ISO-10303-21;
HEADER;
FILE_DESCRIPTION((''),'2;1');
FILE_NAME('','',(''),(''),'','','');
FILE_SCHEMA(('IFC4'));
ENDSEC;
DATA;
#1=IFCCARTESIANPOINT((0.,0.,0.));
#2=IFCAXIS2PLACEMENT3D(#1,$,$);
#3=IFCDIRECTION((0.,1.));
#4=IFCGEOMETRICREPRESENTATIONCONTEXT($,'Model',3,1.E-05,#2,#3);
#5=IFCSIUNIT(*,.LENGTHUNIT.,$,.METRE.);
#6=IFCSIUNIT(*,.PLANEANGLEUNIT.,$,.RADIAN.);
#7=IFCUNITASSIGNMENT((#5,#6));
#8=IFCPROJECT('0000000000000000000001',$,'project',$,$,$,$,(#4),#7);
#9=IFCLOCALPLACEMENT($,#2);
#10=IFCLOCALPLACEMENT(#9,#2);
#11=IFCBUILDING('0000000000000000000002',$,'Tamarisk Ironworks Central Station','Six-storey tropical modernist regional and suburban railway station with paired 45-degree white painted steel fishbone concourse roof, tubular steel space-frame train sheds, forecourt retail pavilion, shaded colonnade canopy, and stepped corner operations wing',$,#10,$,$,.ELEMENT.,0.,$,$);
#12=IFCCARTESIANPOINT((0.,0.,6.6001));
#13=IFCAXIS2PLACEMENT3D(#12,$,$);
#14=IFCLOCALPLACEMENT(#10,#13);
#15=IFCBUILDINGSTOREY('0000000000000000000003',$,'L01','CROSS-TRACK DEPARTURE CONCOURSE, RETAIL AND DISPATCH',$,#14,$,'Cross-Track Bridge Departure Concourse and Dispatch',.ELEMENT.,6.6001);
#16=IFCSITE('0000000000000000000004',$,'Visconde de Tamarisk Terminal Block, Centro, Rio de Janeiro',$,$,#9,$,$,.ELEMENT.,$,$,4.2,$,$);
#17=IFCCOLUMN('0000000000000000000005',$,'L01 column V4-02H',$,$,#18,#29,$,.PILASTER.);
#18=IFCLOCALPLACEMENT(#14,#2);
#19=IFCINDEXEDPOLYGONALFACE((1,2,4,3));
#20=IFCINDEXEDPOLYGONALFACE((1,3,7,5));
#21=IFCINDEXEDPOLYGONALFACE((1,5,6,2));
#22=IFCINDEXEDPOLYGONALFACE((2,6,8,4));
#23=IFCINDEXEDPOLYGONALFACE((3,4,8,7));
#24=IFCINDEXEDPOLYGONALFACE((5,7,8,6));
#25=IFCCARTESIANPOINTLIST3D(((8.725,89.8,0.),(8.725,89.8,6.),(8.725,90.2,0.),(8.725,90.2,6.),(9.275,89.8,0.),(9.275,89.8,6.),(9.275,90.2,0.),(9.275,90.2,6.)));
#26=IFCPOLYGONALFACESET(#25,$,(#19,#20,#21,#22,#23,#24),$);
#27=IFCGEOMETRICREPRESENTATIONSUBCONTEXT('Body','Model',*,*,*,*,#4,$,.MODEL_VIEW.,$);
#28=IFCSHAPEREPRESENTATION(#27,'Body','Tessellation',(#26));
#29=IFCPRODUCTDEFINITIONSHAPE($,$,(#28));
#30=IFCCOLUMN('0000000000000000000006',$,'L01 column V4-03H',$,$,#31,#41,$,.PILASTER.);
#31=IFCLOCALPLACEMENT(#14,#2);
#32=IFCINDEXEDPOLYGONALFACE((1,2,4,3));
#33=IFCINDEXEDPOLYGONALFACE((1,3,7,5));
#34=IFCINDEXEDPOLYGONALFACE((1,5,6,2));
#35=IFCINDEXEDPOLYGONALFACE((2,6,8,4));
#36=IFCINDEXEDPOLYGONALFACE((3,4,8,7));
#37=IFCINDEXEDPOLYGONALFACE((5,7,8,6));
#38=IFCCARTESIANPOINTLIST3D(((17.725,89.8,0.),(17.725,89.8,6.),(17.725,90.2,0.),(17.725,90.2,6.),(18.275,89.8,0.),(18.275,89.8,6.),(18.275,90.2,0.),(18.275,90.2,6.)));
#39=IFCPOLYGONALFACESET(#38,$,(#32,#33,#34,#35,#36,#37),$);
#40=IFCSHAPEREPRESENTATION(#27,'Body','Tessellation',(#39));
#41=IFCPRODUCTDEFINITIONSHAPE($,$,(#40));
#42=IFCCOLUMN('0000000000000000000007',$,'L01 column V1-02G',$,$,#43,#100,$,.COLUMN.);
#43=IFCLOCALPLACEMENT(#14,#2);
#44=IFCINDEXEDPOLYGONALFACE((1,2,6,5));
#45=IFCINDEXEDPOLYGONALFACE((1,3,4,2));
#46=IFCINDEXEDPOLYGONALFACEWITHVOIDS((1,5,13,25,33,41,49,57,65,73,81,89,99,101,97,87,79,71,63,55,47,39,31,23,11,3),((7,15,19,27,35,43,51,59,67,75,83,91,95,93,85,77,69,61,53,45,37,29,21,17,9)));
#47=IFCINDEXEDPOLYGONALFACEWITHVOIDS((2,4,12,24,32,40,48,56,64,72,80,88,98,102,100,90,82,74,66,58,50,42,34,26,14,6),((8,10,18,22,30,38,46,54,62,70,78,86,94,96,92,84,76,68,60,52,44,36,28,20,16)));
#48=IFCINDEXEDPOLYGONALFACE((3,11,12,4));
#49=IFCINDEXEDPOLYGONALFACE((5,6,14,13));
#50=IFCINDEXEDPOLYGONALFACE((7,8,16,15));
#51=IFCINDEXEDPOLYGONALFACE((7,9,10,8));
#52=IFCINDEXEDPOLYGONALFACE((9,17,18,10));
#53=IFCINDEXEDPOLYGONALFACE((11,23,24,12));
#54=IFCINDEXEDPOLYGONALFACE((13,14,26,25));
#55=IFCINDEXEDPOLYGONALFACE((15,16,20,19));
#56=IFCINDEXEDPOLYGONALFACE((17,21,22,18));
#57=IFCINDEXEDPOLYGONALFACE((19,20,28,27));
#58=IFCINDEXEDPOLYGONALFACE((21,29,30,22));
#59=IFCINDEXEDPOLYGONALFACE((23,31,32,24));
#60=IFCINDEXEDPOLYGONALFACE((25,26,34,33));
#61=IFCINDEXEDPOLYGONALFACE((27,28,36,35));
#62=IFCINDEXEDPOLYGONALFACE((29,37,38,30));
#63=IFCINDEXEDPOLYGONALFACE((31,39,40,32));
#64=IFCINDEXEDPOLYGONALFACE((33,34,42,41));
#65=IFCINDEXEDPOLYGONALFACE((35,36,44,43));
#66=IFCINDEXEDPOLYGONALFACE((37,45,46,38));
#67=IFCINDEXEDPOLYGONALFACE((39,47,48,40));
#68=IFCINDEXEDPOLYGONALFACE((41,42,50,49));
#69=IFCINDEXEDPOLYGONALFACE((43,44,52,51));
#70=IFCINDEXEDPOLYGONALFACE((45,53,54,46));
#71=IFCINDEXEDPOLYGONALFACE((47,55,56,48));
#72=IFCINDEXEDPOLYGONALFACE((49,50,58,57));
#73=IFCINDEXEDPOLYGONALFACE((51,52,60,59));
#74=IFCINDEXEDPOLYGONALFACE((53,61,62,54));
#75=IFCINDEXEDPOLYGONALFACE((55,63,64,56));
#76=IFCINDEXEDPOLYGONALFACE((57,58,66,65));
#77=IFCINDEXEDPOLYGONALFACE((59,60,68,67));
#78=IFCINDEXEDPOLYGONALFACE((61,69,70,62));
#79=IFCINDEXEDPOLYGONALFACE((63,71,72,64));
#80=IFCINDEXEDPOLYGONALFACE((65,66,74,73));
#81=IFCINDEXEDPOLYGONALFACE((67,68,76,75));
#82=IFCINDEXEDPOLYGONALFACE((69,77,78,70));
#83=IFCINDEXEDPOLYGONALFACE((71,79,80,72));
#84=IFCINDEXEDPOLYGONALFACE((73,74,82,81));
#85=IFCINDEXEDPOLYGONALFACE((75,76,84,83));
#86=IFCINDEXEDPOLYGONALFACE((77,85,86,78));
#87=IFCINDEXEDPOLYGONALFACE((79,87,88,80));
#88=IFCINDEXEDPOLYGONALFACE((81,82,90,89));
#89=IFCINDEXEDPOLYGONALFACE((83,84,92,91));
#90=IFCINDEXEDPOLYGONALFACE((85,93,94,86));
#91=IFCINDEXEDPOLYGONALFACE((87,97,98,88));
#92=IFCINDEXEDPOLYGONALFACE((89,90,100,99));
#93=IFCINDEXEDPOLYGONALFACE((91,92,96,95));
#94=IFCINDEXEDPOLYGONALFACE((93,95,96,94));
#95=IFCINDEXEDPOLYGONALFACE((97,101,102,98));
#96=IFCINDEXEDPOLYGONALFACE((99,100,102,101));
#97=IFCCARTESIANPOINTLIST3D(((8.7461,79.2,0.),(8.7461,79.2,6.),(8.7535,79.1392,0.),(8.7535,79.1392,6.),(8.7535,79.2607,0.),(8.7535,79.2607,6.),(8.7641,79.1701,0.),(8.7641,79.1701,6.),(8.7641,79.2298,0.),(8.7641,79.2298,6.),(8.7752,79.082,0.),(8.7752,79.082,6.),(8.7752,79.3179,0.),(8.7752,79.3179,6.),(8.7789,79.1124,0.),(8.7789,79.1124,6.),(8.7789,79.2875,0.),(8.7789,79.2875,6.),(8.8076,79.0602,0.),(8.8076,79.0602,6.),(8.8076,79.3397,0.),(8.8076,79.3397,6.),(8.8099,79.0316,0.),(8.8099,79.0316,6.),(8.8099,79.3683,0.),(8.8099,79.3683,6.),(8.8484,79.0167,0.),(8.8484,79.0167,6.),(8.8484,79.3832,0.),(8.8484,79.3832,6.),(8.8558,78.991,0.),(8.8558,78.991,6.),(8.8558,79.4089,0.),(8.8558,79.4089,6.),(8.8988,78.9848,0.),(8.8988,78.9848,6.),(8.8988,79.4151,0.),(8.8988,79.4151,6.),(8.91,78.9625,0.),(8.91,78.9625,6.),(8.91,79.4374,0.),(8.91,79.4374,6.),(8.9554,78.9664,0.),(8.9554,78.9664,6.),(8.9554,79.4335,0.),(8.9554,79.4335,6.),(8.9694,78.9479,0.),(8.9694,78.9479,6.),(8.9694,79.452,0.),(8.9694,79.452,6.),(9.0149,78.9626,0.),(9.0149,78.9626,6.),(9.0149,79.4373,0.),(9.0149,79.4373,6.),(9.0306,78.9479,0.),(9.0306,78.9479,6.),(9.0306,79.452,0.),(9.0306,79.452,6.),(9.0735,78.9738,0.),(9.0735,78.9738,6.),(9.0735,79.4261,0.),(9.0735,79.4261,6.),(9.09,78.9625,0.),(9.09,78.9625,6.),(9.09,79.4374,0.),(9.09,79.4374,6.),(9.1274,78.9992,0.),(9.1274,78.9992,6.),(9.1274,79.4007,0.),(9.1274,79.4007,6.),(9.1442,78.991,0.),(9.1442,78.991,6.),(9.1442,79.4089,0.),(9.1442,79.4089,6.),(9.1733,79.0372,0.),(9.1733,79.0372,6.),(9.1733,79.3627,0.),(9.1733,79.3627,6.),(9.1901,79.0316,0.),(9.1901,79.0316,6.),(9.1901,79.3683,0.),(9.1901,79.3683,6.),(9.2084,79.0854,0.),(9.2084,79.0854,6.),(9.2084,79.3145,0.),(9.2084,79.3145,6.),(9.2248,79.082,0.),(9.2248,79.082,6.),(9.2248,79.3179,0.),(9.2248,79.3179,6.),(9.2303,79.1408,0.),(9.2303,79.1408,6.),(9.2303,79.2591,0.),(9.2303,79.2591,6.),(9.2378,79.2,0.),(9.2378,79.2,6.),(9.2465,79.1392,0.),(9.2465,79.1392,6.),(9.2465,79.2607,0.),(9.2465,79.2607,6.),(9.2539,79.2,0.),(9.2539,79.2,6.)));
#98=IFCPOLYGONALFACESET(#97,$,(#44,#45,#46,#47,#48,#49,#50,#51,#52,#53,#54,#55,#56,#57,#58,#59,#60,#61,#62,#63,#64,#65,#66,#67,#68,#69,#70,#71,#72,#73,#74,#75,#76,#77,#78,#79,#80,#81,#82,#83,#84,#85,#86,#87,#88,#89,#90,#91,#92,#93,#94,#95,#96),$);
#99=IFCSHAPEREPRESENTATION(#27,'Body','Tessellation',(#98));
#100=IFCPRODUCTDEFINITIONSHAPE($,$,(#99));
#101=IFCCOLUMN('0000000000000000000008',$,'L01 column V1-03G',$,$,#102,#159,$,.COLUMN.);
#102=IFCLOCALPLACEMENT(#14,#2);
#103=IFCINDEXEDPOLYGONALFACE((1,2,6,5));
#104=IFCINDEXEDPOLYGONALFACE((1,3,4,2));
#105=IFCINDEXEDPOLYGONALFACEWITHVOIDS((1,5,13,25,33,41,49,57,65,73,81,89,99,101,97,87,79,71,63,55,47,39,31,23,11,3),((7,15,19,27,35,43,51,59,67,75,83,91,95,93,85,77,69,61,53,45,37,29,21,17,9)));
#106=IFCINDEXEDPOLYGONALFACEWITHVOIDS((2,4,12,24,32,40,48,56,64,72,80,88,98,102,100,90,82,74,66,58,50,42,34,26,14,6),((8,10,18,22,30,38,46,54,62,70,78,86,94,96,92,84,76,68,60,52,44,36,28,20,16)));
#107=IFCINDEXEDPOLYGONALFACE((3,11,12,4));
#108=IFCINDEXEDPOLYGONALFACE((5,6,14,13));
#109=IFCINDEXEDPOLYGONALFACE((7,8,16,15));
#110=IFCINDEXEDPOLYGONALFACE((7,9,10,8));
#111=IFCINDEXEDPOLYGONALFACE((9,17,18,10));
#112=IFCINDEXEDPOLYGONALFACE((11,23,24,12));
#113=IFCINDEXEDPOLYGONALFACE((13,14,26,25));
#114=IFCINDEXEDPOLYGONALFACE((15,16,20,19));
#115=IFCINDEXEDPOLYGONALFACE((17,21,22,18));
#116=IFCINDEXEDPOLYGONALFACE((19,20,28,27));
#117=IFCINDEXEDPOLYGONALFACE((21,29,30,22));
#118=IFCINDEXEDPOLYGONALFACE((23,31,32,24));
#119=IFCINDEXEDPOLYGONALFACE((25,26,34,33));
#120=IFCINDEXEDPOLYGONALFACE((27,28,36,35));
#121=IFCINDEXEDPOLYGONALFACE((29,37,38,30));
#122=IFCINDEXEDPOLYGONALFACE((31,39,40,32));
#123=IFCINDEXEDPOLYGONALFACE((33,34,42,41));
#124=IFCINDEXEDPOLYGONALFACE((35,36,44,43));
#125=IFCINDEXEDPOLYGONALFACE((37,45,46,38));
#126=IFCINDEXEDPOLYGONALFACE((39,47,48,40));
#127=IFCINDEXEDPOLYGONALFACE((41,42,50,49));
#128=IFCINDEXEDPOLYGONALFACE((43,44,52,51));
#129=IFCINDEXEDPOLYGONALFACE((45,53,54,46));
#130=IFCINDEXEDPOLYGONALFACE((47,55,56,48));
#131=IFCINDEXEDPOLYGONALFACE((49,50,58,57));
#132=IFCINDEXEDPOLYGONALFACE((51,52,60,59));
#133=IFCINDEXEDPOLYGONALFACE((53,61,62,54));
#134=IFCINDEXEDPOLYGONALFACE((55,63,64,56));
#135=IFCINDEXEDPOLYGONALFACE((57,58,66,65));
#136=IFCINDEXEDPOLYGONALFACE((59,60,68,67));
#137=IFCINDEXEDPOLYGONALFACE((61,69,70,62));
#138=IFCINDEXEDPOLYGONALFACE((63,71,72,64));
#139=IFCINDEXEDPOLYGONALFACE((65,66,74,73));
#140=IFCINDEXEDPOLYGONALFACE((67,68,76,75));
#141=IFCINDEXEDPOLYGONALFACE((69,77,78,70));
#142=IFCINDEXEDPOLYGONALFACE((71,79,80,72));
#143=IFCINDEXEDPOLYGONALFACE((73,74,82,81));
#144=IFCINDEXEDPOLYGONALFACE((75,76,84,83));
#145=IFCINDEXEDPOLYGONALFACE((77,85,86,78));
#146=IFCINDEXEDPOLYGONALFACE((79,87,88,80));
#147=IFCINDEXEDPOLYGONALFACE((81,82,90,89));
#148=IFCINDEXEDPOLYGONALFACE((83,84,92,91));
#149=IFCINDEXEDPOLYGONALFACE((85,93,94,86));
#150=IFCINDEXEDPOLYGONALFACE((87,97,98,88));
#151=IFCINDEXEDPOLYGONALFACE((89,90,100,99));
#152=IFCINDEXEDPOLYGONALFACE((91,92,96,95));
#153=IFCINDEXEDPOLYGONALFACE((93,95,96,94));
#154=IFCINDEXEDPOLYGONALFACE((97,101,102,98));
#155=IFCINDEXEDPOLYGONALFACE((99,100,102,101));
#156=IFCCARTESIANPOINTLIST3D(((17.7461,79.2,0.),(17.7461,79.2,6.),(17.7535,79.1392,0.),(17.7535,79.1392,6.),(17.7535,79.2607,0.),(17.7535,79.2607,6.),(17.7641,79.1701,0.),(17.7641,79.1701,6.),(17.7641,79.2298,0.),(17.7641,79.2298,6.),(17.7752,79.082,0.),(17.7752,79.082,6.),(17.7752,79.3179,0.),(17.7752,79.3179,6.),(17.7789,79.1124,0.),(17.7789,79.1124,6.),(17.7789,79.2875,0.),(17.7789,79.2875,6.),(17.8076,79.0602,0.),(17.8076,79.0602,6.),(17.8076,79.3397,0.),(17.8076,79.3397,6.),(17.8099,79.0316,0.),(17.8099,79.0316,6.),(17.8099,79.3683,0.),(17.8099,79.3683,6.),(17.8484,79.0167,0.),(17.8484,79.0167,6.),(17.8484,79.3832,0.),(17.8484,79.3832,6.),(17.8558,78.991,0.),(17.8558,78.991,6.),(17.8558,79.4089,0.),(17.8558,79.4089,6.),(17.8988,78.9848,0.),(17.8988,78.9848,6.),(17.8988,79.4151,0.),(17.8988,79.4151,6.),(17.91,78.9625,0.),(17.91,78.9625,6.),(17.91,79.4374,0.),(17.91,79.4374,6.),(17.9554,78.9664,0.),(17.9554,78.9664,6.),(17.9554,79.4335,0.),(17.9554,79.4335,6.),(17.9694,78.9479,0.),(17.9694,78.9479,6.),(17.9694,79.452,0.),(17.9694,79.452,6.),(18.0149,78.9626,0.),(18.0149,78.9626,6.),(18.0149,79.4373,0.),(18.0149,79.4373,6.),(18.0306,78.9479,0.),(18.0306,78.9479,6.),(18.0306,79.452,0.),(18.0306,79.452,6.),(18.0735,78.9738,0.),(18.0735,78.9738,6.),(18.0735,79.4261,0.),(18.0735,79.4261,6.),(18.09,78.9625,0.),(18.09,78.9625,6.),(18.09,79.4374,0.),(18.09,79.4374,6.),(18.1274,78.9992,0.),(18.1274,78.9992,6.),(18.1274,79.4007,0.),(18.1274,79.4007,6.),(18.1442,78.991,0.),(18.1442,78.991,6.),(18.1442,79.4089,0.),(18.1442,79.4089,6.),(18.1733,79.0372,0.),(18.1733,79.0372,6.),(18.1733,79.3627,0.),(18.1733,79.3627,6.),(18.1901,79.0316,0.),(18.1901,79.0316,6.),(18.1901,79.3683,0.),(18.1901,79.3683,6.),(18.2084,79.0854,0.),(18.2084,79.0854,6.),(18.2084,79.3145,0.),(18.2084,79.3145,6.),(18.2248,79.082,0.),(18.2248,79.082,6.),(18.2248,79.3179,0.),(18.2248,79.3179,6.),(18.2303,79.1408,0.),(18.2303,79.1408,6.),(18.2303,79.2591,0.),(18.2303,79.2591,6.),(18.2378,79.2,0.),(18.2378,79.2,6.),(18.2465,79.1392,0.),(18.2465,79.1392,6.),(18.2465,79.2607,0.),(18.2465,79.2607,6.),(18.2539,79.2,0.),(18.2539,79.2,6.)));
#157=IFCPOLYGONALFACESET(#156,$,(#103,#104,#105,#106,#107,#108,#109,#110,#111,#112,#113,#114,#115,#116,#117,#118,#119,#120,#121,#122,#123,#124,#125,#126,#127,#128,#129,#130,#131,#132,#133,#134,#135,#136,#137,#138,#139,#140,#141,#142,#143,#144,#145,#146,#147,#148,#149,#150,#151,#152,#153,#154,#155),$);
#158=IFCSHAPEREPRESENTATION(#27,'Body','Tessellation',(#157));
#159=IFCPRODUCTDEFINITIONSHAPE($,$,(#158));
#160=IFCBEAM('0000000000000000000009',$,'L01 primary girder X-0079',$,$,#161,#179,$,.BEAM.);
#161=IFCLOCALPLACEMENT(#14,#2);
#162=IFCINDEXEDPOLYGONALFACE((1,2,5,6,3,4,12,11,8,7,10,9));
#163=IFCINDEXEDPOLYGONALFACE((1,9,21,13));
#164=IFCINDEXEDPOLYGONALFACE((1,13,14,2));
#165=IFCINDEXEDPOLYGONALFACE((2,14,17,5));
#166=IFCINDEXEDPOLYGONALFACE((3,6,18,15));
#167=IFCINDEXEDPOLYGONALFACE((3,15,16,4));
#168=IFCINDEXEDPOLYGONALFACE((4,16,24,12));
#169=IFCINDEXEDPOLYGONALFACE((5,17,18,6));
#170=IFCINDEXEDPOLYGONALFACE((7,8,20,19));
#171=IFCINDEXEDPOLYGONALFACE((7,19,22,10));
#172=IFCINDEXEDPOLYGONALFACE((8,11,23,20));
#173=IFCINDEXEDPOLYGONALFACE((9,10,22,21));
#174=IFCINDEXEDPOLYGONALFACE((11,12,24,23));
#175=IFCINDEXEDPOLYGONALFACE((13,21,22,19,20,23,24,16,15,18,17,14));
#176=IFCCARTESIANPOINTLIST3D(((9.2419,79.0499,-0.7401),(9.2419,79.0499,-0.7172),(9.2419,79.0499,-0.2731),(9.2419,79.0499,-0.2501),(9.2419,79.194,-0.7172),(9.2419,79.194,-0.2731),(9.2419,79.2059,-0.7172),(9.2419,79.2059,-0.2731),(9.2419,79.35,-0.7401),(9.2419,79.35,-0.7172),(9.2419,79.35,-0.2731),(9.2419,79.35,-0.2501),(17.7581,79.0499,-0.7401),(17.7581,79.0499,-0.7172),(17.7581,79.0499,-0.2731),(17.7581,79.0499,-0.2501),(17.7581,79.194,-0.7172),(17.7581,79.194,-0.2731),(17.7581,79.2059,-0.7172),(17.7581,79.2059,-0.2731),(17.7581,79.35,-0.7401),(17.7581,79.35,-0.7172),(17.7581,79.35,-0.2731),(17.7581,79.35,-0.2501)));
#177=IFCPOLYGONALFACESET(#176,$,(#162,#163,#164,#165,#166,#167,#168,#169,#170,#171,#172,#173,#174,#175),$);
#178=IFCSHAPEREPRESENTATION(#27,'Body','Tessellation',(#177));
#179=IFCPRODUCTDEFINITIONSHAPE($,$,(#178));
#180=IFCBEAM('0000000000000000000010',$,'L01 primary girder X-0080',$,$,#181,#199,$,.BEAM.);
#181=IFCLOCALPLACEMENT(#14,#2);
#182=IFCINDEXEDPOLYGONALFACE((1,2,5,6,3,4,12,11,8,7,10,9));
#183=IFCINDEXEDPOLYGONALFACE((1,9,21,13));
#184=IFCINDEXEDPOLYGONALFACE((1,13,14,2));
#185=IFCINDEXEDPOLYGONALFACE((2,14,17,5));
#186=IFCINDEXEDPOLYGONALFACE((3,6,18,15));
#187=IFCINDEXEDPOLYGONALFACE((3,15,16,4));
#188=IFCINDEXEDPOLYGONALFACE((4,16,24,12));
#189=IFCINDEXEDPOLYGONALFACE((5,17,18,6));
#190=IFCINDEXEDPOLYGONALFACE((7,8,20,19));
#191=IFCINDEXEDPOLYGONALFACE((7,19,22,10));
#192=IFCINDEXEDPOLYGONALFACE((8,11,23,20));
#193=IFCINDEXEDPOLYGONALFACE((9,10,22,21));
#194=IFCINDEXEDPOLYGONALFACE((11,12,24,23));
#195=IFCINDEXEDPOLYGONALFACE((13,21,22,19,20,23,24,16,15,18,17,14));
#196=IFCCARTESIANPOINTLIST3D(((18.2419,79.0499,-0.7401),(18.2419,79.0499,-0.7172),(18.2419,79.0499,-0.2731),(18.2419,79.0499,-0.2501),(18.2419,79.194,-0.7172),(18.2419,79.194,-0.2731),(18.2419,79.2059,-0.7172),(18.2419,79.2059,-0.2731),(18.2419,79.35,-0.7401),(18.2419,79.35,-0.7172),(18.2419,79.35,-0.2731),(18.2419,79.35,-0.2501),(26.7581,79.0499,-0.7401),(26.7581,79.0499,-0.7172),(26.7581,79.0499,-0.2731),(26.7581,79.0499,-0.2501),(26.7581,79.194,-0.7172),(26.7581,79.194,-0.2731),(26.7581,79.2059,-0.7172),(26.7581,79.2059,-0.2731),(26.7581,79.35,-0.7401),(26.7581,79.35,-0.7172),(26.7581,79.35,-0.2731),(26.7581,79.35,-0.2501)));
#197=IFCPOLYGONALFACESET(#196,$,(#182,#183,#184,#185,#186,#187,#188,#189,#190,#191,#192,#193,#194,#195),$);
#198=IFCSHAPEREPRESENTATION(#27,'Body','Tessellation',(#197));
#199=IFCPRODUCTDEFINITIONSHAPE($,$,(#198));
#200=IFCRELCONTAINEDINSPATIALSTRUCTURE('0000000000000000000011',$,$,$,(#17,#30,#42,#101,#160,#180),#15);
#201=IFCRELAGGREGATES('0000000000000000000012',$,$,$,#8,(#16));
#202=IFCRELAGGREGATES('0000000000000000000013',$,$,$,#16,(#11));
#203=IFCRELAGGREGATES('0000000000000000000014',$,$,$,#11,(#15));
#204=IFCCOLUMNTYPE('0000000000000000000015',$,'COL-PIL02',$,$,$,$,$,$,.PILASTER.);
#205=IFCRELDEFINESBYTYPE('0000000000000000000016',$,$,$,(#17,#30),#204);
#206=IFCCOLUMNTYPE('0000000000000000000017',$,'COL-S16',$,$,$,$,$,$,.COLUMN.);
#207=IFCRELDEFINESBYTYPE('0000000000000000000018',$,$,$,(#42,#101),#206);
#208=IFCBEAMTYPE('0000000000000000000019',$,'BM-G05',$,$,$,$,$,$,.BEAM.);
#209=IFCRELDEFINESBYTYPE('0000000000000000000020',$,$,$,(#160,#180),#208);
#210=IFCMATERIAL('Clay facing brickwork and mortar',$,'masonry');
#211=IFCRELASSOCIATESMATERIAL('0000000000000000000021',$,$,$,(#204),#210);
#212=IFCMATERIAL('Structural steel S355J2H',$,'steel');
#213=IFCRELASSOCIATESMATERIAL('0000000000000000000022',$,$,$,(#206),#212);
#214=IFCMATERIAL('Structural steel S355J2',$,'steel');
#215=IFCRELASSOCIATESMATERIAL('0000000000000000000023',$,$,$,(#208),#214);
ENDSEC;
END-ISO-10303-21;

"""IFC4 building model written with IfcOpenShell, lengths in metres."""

from ifc_helpers import new_model, si_unit, direction, frame, origin, origin_2d, place, context, subcontext, project, spatial, rectangle, hollow_circle, i_section, extrude, material, material_profile, profile_set, type_object, element, save


model = new_model("IFC4")

# Units and contexts
model_context = context("Model", 3, precision=1e-05, world=origin(), true_north=direction((0.0, 1.0)))
body_context = subcontext(model_context, "Body", "Model", "MODEL_VIEW")
ifc_project = project(units=[si_unit("LENGTHUNIT", "METRE"), si_unit("PLANEANGLEUNIT", "RADIAN")], contexts=[model_context])

# Site, building, storey
site_placement = place(None, origin())
site = spatial("IfcSite", under=ifc_project, at=site_placement, Name="Visconde de Tamarisk Terminal Block, Centro, Rio de Janeiro", CompositionType="ELEMENT", RefElevation=4.2)
building_placement = place(site_placement, origin())
building = spatial("IfcBuilding", under=site, at=building_placement, Name="Tamarisk Ironworks Central Station", Description="Six-storey tropical modernist regional and suburban railway station with paired 45-degree white painted steel fishbone concourse roof, tubular steel space-frame train sheds, forecourt retail pavilion, shaded colonnade canopy, and stepped corner operations wing", CompositionType="ELEMENT", ElevationOfRefHeight=0.0)
storey_placement = place(building_placement, frame((0.0, 0.0, 6.6001)))
storey = spatial("IfcBuildingStorey", under=building, at=storey_placement, Name="L01", Description="CROSS-TRACK DEPARTURE CONCOURSE, RETAIL AND DISPATCH", LongName="Cross-Track Bridge Departure Concourse and Dispatch", CompositionType="ELEMENT", Elevation=6.6001)

# Columns
ifc_material_1 = material(Name="Clay facing brickwork and mortar", Category="masonry")
ifc_material_profile_1 = material_profile(ifc_material_1, rectangle(XDim=0.55, YDim=0.3999, at=origin_2d()), Name="PIL 550x400")
ifc_profile_set_1 = profile_set([ifc_material_profile_1], Name="Clay facing brickwork and mortar")
column_type_1 = type_object("IfcColumnType", Name="COL-PIL02", PredefinedType="PILASTER", material=ifc_profile_set_1)
for number, where, z_axis, x_axis, name in (
    (1, (9.0, 90.0, 0.0), (0.0, 0.0, 1.0), (1.0, 0.0, 0.0), "L01 column V4-02H"),
    (2, (18.0, 90.0, 0.0), (0.0, 0.0, 1.0), (1.0, 0.0, 0.0), "L01 column V4-03H"),
):
    element("IfcColumn", number, at=place(storey_placement, frame(where, z_axis=z_axis, x_axis=x_axis)), inside=storey, type_object=column_type_1, Name=name, PredefinedType="PILASTER", context=body_context, shape_type="SweptSolid", body=[
        extrude(rectangle(XDim=0.55, YDim=0.3999, at=origin_2d()), origin(), (0.0, 0.0, 1.0), 6.0),
    ])
ifc_material_2 = material(Name="Structural steel S355J2H", Category="steel")
ifc_material_profile_2 = material_profile(ifc_material_2, hollow_circle(Radius=0.2539, WallThickness=0.0161, at=origin_2d()), Name="CHS 508x16")
ifc_profile_set_2 = profile_set([ifc_material_profile_2], Name="Structural steel S355J2H")
column_type_2 = type_object("IfcColumnType", Name="COL-S16", PredefinedType="COLUMN", material=ifc_profile_set_2)
for number, where, z_axis, x_axis, name in (
    (3, (9.0, 79.2, 0.0), (0.0, 0.0, 1.0), (1.0, 0.0, 0.0), "L01 column V1-02G"),
    (4, (18.0, 79.2, 0.0), (0.0, 0.0, 1.0), (1.0, 0.0, 0.0), "L01 column V1-03G"),
):
    element("IfcColumn", number, at=place(storey_placement, frame(where, z_axis=z_axis, x_axis=x_axis)), inside=storey, type_object=column_type_2, Name=name, PredefinedType="COLUMN", context=body_context, shape_type="SweptSolid", body=[
        extrude(hollow_circle(Radius=0.2539, WallThickness=0.0161, at=origin_2d()), origin(), (0.0, 0.0, 1.0), 6.0),
    ])

# Beams
ifc_material_3 = material(Name="Structural steel S355J2", Category="steel")
ifc_material_profile_3 = material_profile(ifc_material_3, i_section(OverallWidth=0.3, OverallDepth=0.49, WebThickness=0.012, FlangeThickness=0.0229, at=origin_2d()), Name="HEA 500")
ifc_profile_set_3 = profile_set([ifc_material_profile_3], Name="Structural steel S355J2")
beam_type = type_object("IfcBeamType", Name="BM-G05", PredefinedType="BEAM", material=ifc_profile_set_3)
for number, where, z_axis, x_axis, name in (
    (5, (9.2419, 79.2, -0.4951), (1.0, 0.0, 0.0), (0.0, 1.0, 0.0), "L01 primary girder X-0079"),
    (6, (18.2419, 79.2, -0.4951), (1.0, 0.0, 0.0), (0.0, 1.0, 0.0), "L01 primary girder X-0080"),
):
    element("IfcBeam", number, at=place(storey_placement, frame(where, z_axis=z_axis, x_axis=x_axis)), inside=storey, type_object=beam_type, Name=name, PredefinedType="BEAM", context=body_context, shape_type="SweptSolid", body=[
        extrude(i_section(OverallWidth=0.3, OverallDepth=0.49, WebThickness=0.012, FlangeThickness=0.0229, at=origin_2d()), origin(), (0.0, 0.0, 1.0), 8.5161),
    ])

save(model, "model.ifc")
